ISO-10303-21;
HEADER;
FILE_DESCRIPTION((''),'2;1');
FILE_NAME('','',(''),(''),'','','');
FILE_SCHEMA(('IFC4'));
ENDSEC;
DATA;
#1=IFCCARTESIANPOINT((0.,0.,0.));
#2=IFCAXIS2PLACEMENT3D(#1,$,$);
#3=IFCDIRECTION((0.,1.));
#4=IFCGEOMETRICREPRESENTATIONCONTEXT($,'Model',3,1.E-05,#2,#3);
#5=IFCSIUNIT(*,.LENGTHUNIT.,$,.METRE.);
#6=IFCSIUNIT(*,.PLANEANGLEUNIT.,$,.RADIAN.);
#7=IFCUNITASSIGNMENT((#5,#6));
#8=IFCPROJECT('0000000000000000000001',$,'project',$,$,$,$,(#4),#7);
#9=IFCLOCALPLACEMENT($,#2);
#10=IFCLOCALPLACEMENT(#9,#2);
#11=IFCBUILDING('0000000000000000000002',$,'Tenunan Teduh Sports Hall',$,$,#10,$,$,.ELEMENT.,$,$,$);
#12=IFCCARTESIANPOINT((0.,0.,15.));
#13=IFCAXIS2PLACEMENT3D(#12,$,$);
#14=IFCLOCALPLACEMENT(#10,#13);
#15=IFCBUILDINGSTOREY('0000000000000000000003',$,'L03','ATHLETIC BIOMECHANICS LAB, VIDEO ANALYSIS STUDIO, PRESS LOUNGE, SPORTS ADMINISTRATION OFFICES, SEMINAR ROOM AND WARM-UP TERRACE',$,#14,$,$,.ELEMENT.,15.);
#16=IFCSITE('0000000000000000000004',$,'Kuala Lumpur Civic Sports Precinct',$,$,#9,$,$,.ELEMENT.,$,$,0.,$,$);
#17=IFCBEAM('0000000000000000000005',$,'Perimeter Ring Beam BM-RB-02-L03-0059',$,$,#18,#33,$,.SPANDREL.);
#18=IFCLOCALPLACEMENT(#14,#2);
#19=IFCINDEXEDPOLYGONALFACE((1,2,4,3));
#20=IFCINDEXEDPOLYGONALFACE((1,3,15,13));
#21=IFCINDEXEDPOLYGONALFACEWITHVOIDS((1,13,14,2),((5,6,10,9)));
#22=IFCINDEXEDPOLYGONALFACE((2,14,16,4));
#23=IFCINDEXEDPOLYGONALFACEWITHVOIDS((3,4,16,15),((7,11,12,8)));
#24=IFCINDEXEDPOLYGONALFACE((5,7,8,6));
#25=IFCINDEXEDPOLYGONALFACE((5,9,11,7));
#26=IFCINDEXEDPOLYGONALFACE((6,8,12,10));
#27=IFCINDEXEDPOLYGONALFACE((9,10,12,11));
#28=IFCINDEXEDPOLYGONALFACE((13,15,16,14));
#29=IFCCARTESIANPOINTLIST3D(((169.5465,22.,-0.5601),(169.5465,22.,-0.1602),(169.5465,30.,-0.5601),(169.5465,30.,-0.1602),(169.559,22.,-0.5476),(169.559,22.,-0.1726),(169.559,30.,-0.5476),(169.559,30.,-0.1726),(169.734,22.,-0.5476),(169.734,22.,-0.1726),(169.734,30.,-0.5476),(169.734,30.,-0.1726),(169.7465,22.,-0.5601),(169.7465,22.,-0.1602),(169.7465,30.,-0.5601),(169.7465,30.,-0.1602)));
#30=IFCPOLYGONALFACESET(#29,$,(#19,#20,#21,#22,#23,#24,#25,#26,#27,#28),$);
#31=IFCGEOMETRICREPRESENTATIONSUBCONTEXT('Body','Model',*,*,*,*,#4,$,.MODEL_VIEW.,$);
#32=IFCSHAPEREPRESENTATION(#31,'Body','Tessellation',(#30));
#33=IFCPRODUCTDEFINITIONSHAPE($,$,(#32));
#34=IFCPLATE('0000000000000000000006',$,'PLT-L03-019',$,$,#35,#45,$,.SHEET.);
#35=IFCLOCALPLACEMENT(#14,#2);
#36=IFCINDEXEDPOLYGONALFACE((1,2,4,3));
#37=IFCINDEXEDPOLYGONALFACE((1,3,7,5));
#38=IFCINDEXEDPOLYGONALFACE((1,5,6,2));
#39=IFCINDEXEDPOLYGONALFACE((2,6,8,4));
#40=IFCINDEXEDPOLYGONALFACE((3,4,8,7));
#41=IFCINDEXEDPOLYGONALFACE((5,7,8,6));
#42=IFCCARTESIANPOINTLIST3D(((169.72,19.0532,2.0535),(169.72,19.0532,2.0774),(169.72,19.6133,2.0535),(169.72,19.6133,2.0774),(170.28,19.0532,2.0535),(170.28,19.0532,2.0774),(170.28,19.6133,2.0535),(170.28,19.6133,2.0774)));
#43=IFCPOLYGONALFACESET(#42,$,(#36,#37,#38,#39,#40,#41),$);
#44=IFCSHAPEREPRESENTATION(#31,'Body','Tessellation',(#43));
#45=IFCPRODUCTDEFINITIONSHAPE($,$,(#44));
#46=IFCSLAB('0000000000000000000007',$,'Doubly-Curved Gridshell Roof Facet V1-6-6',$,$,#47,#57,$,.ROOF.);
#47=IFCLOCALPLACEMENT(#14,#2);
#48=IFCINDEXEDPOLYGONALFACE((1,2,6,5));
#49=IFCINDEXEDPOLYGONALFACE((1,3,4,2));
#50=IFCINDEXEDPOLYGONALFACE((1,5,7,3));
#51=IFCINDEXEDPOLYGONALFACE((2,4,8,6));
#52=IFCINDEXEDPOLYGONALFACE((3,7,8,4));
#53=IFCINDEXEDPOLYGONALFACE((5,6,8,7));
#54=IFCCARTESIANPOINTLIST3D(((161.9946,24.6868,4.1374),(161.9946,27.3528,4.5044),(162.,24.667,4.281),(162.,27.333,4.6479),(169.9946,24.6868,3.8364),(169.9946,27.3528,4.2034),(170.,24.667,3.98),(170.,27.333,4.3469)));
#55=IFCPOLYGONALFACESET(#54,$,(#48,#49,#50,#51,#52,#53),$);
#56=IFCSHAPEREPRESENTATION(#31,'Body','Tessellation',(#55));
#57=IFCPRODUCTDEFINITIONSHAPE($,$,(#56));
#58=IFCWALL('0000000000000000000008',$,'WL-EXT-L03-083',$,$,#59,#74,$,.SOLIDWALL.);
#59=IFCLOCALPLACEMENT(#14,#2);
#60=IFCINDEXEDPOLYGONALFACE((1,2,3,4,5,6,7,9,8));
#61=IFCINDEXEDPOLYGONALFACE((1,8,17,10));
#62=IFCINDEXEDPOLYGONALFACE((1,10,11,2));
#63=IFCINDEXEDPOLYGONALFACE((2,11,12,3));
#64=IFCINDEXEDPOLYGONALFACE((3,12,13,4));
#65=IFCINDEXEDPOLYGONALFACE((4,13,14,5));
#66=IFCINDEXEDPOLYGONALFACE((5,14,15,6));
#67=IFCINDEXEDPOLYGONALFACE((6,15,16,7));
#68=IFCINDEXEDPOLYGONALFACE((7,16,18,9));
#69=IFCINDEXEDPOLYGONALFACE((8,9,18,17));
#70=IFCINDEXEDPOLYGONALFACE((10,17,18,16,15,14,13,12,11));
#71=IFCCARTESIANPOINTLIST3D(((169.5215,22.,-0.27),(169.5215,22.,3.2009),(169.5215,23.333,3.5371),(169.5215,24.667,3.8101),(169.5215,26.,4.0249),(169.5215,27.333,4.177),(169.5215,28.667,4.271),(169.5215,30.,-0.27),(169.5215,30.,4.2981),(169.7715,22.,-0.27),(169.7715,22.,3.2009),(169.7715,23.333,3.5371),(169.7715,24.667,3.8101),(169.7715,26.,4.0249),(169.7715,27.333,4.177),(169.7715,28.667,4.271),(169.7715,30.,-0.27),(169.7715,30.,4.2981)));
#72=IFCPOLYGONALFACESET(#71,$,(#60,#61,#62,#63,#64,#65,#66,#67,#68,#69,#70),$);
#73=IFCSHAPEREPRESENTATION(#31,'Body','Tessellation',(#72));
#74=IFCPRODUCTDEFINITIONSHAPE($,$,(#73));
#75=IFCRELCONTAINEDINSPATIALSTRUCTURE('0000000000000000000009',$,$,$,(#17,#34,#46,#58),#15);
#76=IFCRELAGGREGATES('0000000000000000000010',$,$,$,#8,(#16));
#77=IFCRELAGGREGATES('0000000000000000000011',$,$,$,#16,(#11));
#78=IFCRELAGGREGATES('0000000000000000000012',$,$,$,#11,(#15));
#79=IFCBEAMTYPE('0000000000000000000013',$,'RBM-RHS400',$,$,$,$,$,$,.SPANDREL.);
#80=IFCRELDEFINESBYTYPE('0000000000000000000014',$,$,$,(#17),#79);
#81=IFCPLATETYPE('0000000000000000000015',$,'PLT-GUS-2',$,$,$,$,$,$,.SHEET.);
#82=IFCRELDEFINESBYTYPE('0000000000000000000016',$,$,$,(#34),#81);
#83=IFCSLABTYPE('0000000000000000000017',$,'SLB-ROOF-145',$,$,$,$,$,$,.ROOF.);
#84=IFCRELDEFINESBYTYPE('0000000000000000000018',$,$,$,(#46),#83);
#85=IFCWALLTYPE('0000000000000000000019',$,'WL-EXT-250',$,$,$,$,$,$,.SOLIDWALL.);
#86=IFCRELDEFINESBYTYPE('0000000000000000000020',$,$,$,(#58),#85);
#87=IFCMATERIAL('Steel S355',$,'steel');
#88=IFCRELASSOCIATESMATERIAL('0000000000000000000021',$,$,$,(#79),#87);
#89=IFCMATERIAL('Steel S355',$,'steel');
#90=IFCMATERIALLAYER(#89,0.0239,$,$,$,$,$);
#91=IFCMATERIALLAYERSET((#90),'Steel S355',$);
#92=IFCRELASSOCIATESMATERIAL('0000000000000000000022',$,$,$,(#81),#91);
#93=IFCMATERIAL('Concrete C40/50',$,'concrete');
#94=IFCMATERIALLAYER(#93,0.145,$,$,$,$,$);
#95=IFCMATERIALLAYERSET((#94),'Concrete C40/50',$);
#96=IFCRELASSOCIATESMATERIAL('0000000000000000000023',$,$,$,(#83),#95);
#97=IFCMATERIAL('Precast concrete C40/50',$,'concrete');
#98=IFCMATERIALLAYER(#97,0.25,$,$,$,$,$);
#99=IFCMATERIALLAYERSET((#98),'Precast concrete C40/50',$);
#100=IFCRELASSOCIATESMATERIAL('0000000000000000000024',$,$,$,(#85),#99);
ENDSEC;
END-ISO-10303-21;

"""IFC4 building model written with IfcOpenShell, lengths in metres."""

from ifc_helpers import new_model, si_unit, direction, frame, origin, origin_2d, place, context, subcontext, project, spatial, polyline, rectangle, hollow_rectangle, outline, extrude, material, layer, layer_set, material_profile, profile_set, type_object, element, save


model = new_model("IFC4")

# Units and contexts
model_context = context("Model", 3, precision=1e-05, world=origin(), true_north=direction((0.0, 1.0)))
body_context = subcontext(model_context, "Body", "Model", "MODEL_VIEW")
ifc_project = project(units=[si_unit("LENGTHUNIT", "METRE"), si_unit("PLANEANGLEUNIT", "RADIAN")], contexts=[model_context])

# Site, building, storey
site_placement = place(None, origin())
site = spatial("IfcSite", under=ifc_project, at=site_placement, Name="Kuala Lumpur Civic Sports Precinct", CompositionType="ELEMENT", RefElevation=0.0)
building_placement = place(site_placement, origin())
building = spatial("IfcBuilding", under=site, at=building_placement, Name="Tenunan Teduh Sports Hall", CompositionType="ELEMENT")
storey_placement = place(building_placement, frame((0.0, 0.0, 15.0)))
storey = spatial("IfcBuildingStorey", under=building, at=storey_placement, Name="L03", Description="ATHLETIC BIOMECHANICS LAB, VIDEO ANALYSIS STUDIO, PRESS LOUNGE, SPORTS ADMINISTRATION OFFICES, SEMINAR ROOM AND WARM-UP TERRACE", CompositionType="ELEMENT", Elevation=15.0)

# Beam
ifc_material_1 = material(Name="Steel S355", Category="steel")
ifc_material_profile_1 = material_profile(ifc_material_1, hollow_rectangle(XDim=0.2, YDim=0.3999, WallThickness=0.0125, at=origin_2d()), Name="RHS 400x200x12.5")
ifc_profile_set_1 = profile_set([ifc_material_profile_1], Name="Steel S355")
beam_type_1 = type_object("IfcBeamType", Name="RBM-RHS400", PredefinedType="SPANDREL", material=ifc_profile_set_1)
beam_1_placement = place(storey_placement, frame((169.6465, 22.0, -0.3601), z_axis=(0.0, 1.0, 0.0), x_axis=(-1.0, 0.0, 0.0)))
element("IfcBeam", 1, at=beam_1_placement, inside=storey, type_object=beam_type_1, Name="Perimeter Ring Beam BM-RB-02-L03-0059", PredefinedType="SPANDREL", context=body_context, shape_type="SweptSolid", body=[
    extrude(hollow_rectangle(XDim=0.2, YDim=0.3999, WallThickness=0.0125, at=origin_2d()), origin(), (0.0, 0.0, 1.0), 8.0),
])

# Plate
ifc_material_2 = material(Name="Steel S355", Category="steel")
ifc_layer_1 = layer(ifc_material_2, 0.0239)
ifc_layer_set_1 = layer_set([ifc_layer_1], Name="Steel S355")
plate_type = type_object("IfcPlateType", Name="PLT-GUS-2", PredefinedType="SHEET", material=ifc_layer_set_1)
plate_placement = place(storey_placement, frame((170.0, 19.3333, 2.0535), z_axis=(0.0, 0.0, 1.0), x_axis=(1.0, 0.0, 0.0)))
element("IfcPlate", 2, at=plate_placement, inside=storey, type_object=plate_type, Name="PLT-L03-019", PredefinedType="SHEET", context=body_context, shape_type="SweptSolid", body=[
    extrude(rectangle(XDim=0.5601, YDim=0.5601, at=origin_2d()), origin(), (0.0, 0.0, 1.0), 0.0239),
])

# Slab
ifc_material_3 = material(Name="Concrete C40/50", Category="concrete")
ifc_layer_2 = layer(ifc_material_3, 0.145)
ifc_layer_set_2 = layer_set([ifc_layer_2], Name="Concrete C40/50")
slab_type = type_object("IfcSlabType", Name="SLB-ROOF-145", PredefinedType="ROOF", material=ifc_layer_set_2)
slab_placement = place(storey_placement, frame((162.0, 24.667, 4.281), z_axis=(0.037251, -0.136257, 0.989973), x_axis=(0.999293, 0.0, -0.037602)))
element("IfcSlab", 3, at=slab_placement, inside=storey, type_object=slab_type, Name="Doubly-Curved Gridshell Roof Facet V1-6-6", PredefinedType="ROOF", context=body_context, shape_type="SweptSolid", body=[
    extrude(outline(polyline([(0.0, 0.0), (8.0057, 0.0), (7.9919, 2.6911), (-0.0138, 2.6911), (0.0, 0.0)])), origin(), (0.0, 0.0, -1.0), 0.145),
])

# Wall
ifc_material_4 = material(Name="Precast concrete C40/50", Category="concrete")
ifc_layer_3 = layer(ifc_material_4, 0.25)
ifc_layer_set_3 = layer_set([ifc_layer_3], Name="Precast concrete C40/50")
wall_type = type_object("IfcWallType", Name="WL-EXT-250", PredefinedType="SOLIDWALL", material=ifc_layer_set_3)
wall_placement = place(storey_placement, frame((169.6465, 22.0, -0.27), z_axis=(0.0, 0.0, 1.0), x_axis=(0.0, 1.0, 0.0)))
element("IfcWall", 4, at=wall_placement, inside=storey, type_object=wall_type, Name="WL-EXT-L03-083", PredefinedType="SOLIDWALL", context=body_context, shape_type="SweptSolid", body=[
    extrude(outline(polyline([(0.0, 0.0), (8.0, 0.0), (8.0, 4.5681), (6.667, 4.541), (5.333, 4.447), (4.0, 4.2949), (2.667, 4.0801), (1.333, 3.8071), (0.0, 3.4709), (0.0, 0.0)])), frame((0.0, 0.125, 0.0), z_axis=(0.0, -1.0, 0.0), x_axis=(1.0, 0.0, 0.0)), (0.0, 0.0, 1.0), 0.25),
])

save(model, "model.ifc")
